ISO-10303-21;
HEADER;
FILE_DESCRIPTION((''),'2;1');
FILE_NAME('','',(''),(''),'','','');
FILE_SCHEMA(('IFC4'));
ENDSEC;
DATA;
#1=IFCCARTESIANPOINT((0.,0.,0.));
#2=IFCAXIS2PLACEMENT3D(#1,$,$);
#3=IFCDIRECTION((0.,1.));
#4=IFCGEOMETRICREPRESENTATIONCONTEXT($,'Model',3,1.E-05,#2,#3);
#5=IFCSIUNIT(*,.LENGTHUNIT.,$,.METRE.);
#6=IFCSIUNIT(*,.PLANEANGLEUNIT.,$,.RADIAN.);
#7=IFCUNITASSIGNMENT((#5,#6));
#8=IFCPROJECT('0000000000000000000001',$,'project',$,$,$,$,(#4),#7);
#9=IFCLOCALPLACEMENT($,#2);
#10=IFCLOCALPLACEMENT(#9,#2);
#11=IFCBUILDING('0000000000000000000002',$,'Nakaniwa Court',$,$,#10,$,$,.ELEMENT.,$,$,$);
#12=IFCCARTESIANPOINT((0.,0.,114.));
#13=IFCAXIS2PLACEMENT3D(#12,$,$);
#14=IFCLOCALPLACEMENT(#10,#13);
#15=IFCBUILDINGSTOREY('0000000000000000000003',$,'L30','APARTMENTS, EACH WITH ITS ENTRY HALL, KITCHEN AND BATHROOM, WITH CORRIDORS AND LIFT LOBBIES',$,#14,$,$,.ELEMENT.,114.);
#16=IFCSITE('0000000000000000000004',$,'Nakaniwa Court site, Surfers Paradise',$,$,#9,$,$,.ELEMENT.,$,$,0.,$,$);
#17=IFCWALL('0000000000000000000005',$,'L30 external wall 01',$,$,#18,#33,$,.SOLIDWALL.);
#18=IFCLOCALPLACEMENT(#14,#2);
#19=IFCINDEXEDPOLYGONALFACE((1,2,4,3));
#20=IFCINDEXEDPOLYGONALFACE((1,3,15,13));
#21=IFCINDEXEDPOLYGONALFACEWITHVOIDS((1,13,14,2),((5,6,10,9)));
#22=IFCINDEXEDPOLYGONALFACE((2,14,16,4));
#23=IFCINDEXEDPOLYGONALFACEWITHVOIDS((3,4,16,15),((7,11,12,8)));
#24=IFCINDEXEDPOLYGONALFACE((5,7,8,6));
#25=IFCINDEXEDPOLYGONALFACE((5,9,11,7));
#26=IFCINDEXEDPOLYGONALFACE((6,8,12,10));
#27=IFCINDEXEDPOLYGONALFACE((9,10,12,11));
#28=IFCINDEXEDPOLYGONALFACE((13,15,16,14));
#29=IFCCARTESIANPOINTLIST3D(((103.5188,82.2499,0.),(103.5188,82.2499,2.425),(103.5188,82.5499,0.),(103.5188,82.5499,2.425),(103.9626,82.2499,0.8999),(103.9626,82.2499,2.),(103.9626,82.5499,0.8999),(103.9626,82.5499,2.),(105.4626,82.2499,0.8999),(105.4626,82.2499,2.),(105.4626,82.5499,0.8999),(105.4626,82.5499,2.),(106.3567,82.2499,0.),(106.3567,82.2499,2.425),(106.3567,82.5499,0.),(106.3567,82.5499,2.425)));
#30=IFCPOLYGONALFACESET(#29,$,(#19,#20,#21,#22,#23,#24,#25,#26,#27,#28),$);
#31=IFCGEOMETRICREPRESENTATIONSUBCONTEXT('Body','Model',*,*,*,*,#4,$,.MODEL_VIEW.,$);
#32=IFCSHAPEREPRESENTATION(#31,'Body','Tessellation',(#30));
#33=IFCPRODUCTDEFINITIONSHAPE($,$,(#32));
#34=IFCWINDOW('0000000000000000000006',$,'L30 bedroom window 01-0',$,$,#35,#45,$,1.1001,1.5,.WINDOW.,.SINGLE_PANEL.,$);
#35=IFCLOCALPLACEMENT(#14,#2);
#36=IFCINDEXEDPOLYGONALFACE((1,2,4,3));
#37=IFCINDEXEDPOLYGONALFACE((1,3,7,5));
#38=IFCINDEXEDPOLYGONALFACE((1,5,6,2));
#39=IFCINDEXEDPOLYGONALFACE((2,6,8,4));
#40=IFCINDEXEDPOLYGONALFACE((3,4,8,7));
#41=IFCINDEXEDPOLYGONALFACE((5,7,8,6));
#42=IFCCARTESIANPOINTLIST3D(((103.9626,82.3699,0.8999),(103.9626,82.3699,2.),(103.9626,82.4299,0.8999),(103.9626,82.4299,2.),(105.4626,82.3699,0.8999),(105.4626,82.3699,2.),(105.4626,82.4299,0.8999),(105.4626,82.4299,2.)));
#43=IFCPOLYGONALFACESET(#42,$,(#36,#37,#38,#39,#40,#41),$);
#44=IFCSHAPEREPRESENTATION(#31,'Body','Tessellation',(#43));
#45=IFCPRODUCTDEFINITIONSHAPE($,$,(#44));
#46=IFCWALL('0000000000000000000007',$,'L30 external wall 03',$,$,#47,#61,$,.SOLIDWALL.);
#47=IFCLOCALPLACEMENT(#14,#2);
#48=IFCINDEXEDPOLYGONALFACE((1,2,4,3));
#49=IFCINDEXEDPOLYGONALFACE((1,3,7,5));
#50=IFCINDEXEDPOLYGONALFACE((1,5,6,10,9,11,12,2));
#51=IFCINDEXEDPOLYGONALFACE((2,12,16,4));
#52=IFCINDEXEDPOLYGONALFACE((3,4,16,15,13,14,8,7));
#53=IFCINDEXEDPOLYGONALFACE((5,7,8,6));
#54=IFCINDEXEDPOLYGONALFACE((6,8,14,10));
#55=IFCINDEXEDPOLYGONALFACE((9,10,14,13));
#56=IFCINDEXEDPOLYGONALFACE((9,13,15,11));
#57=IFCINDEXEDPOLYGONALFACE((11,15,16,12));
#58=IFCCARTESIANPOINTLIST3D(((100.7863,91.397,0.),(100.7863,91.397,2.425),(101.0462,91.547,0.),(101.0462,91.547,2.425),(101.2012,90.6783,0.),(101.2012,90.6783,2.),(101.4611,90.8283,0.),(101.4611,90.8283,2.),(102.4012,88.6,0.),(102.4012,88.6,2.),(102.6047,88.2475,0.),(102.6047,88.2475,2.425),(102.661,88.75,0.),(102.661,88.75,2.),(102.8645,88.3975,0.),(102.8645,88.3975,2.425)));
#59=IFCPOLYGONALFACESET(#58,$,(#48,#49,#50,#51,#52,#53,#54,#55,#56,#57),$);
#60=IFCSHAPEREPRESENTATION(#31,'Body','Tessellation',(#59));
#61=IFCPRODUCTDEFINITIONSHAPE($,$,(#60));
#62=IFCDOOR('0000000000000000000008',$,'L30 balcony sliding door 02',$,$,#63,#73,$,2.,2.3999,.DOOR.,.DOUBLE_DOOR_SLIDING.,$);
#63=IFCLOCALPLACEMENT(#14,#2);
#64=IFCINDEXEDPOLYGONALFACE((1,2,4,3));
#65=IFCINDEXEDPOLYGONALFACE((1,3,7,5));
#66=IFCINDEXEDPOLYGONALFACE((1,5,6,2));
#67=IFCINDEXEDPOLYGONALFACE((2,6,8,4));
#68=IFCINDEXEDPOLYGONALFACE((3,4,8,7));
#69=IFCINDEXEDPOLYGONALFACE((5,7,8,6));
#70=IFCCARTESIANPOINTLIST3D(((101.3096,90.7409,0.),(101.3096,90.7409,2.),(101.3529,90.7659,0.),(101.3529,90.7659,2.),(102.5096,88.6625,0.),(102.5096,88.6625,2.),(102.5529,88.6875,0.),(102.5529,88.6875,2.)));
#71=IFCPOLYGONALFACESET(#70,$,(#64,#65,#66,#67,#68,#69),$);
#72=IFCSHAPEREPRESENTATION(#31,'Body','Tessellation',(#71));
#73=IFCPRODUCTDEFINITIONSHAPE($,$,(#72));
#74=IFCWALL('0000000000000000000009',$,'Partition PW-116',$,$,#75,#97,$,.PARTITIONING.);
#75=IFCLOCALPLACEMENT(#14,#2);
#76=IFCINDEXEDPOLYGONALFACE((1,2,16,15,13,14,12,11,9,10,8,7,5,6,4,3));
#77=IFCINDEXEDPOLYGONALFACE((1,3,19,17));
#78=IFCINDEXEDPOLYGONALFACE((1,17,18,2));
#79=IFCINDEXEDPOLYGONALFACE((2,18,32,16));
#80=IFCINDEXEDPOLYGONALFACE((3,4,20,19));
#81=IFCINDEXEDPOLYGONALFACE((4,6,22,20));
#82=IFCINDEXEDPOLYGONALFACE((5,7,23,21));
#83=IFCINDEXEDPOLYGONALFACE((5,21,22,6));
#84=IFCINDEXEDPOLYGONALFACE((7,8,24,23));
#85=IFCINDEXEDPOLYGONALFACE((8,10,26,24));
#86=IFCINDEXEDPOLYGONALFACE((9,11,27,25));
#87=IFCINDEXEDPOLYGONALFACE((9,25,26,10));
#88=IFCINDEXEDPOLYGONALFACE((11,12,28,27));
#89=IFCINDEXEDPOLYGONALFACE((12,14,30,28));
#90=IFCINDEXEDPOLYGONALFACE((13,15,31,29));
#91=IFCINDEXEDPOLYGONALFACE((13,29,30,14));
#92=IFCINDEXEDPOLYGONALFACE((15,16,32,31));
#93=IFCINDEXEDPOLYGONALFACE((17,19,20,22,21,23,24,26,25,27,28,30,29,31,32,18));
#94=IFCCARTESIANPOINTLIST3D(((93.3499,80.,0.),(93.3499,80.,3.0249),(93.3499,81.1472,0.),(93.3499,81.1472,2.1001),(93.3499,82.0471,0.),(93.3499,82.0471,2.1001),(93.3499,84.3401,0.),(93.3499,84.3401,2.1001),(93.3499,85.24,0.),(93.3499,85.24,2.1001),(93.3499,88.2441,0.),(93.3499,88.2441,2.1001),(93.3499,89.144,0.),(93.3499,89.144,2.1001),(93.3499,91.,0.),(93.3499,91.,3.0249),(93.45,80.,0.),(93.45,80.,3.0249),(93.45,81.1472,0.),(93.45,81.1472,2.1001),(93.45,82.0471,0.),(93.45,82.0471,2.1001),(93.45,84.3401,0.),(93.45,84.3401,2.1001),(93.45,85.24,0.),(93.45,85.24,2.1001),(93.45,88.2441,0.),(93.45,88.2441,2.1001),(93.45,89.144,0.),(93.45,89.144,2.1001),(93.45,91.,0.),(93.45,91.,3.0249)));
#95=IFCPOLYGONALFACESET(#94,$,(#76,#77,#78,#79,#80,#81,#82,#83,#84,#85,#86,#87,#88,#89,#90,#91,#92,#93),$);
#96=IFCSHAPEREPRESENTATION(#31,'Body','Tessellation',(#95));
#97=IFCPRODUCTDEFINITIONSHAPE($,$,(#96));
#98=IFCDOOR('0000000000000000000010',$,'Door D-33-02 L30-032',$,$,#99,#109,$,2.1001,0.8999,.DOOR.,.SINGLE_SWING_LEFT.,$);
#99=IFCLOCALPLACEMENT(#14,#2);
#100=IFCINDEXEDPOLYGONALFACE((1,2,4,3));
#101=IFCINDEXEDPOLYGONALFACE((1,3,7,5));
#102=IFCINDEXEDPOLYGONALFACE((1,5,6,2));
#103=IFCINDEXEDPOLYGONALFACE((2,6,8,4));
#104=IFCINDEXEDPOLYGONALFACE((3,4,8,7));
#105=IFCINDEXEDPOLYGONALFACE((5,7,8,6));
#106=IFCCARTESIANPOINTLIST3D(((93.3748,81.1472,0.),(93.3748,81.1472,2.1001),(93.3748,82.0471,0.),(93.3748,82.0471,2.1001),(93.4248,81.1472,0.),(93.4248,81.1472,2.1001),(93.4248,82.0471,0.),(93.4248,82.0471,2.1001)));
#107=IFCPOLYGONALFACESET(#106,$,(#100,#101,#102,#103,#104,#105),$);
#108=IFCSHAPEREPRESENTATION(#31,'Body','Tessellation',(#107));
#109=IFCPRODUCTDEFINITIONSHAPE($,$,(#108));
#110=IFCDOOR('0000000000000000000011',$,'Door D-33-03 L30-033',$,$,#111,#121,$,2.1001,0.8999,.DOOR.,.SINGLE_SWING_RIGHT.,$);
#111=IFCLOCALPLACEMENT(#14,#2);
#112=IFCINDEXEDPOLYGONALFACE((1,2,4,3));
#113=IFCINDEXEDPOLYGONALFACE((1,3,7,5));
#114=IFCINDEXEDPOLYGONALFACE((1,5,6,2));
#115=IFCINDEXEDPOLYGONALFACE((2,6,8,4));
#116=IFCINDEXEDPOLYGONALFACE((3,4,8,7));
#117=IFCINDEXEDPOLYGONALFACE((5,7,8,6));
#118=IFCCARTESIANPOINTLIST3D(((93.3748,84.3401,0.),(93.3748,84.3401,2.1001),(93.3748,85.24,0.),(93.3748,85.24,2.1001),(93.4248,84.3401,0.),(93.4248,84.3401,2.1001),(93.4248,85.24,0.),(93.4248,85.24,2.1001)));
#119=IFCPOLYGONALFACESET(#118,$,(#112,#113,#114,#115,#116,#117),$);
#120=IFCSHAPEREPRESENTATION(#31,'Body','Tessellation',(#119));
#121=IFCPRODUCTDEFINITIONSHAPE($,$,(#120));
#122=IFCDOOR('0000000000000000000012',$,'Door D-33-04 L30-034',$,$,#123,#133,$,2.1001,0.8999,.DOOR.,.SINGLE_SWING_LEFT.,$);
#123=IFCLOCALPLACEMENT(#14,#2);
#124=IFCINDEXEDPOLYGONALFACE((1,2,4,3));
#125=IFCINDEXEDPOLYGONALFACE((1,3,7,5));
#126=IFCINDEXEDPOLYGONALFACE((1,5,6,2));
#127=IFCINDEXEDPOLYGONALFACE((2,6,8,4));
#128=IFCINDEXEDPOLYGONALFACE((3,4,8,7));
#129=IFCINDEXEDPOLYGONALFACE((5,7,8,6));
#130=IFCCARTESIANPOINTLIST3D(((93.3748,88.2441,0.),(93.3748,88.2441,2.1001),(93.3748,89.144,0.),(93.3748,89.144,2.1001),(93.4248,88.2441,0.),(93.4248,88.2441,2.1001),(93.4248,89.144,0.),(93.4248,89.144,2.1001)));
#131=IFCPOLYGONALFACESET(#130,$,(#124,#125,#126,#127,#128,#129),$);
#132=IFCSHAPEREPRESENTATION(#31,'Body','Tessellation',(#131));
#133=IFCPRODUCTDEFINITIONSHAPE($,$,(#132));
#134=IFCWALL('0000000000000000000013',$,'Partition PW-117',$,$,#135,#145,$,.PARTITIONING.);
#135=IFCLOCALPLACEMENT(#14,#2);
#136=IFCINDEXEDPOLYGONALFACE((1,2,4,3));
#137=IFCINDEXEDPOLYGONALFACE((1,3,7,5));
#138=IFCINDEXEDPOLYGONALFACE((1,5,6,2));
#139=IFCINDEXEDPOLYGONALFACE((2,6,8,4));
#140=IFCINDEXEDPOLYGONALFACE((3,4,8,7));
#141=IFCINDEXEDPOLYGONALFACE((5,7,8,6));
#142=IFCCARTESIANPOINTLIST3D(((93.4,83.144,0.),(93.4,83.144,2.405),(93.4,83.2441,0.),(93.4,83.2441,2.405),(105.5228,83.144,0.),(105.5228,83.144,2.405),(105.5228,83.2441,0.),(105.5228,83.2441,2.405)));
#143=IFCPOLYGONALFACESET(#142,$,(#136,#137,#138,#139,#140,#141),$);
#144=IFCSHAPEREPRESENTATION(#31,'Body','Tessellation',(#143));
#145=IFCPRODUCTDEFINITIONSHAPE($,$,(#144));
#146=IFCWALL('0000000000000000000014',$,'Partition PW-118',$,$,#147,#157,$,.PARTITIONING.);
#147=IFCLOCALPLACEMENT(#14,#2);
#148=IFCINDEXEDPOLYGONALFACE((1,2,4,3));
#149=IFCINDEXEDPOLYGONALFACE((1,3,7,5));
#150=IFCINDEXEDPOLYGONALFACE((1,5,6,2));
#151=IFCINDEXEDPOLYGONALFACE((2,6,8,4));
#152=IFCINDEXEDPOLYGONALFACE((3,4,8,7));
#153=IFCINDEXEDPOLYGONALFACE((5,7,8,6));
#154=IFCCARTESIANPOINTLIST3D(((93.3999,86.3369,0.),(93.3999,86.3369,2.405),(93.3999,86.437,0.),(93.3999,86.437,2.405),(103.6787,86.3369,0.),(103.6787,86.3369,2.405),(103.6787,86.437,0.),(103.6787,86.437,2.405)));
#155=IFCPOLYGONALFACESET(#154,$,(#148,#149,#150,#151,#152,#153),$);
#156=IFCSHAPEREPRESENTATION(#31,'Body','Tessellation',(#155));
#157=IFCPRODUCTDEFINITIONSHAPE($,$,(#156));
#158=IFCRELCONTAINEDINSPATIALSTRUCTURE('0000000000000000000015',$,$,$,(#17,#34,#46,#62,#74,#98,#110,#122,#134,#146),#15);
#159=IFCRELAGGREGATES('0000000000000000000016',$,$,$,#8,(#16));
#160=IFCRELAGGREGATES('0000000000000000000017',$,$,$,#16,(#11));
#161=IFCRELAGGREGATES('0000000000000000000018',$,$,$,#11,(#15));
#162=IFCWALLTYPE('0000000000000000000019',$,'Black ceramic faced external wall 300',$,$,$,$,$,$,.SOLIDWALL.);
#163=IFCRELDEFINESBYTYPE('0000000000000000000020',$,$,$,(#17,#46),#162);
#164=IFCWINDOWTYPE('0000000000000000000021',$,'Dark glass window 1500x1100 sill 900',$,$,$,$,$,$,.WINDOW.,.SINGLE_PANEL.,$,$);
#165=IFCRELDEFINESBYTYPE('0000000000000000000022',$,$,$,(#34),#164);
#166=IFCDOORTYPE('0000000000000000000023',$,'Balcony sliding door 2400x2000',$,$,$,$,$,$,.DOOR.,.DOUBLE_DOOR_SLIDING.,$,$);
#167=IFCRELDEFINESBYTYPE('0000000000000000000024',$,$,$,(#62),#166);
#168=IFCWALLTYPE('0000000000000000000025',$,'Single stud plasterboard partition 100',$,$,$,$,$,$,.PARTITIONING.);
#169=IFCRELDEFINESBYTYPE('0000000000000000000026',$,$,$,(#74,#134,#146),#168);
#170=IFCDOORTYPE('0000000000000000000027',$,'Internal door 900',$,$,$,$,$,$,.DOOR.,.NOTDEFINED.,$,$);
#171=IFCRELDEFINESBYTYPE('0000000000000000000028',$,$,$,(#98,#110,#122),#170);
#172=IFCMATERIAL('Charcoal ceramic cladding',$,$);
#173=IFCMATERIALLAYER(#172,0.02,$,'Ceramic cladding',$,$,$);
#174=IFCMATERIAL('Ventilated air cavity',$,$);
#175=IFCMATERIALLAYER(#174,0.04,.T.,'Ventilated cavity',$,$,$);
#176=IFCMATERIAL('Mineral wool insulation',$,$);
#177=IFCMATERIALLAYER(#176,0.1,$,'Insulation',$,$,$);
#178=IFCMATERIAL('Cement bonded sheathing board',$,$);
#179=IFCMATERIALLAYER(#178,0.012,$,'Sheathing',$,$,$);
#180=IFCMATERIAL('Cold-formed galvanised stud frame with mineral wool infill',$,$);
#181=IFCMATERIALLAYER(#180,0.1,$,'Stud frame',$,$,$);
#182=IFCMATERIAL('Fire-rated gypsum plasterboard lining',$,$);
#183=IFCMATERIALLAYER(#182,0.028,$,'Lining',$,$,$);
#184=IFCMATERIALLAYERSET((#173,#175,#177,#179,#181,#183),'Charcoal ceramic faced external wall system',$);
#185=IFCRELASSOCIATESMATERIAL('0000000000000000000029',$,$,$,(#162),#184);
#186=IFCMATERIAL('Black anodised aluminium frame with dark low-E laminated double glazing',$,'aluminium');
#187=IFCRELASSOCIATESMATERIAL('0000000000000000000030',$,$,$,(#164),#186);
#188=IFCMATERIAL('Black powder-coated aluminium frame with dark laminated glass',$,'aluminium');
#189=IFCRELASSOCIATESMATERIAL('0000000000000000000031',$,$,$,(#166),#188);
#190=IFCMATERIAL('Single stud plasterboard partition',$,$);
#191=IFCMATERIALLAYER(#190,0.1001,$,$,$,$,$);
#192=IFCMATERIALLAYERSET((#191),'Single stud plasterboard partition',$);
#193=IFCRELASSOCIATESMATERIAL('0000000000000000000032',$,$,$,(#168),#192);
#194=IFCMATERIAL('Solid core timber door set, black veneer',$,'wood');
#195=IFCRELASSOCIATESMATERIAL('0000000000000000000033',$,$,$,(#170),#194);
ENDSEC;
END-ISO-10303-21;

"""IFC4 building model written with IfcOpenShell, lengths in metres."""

from ifc_helpers import new_model, si_unit, direction, frame, frame_2d, origin, place, context, subcontext, project, spatial, rectangle, extrude, material, layer, layer_set, type_object, element, fill, save


model = new_model("IFC4")

# Units and contexts
model_context = context("Model", 3, precision=1e-05, world=origin(), true_north=direction((0.0, 1.0)))
body_context = subcontext(model_context, "Body", "Model", "MODEL_VIEW")
ifc_project = project(units=[si_unit("LENGTHUNIT", "METRE"), si_unit("PLANEANGLEUNIT", "RADIAN")], contexts=[model_context])

# Site, building, storey
site_placement = place(None, origin())
site = spatial("IfcSite", under=ifc_project, at=site_placement, Name="Nakaniwa Court site, Surfers Paradise", CompositionType="ELEMENT", RefElevation=0.0)
building_placement = place(site_placement, origin())
building = spatial("IfcBuilding", under=site, at=building_placement, Name="Nakaniwa Court", CompositionType="ELEMENT")
storey_placement = place(building_placement, frame((0.0, 0.0, 114.0)))
storey = spatial("IfcBuildingStorey", under=building, at=storey_placement, Name="L30", Description="APARTMENTS, EACH WITH ITS ENTRY HALL, KITCHEN AND BATHROOM, WITH CORRIDORS AND LIFT LOBBIES", CompositionType="ELEMENT", Elevation=114.0)

# Wall, opening, window
ifc_material_1 = material(Name="Charcoal ceramic cladding")
ifc_layer_1 = layer(ifc_material_1, 0.02, Name="Ceramic cladding")
ifc_material_2 = material(Name="Ventilated air cavity")
ifc_layer_2 = layer(ifc_material_2, 0.04, ventilated=True, Name="Ventilated cavity")
ifc_material_3 = material(Name="Mineral wool insulation")
ifc_layer_3 = layer(ifc_material_3, 0.1, Name="Insulation")
ifc_material_4 = material(Name="Cement bonded sheathing board")
ifc_layer_4 = layer(ifc_material_4, 0.012, Name="Sheathing")
ifc_material_5 = material(Name="Cold-formed galvanised stud frame with mineral wool infill")
ifc_layer_5 = layer(ifc_material_5, 0.1, Name="Stud frame")
ifc_material_6 = material(Name="Fire-rated gypsum plasterboard lining")
ifc_layer_6 = layer(ifc_material_6, 0.028, Name="Lining")
ifc_layer_set_1 = layer_set([ifc_layer_1, ifc_layer_2, ifc_layer_3, ifc_layer_4, ifc_layer_5, ifc_layer_6], Name="Charcoal ceramic faced external wall system")
wall_type_1 = type_object("IfcWallType", Name="Black ceramic faced external wall 300", PredefinedType="SOLIDWALL", material=ifc_layer_set_1)
ifc_material_7 = material(Name="Black anodised aluminium frame with dark low-E laminated double glazing", Category="aluminium")
window_type = type_object("IfcWindowType", Name="Dark glass window 1500x1100 sill 900", PartitioningType="SINGLE_PANEL", PredefinedType="WINDOW", material=ifc_material_7)
wall_1_placement = place(storey_placement, frame((103.5188, 82.3999, 0.0), z_axis=(0.0, 0.0, 1.0), x_axis=(1.0, 0.0, 0.0)))
wall_1 = element("IfcWall", 1, at=wall_1_placement, inside=storey, type_object=wall_type_1, Name="L30 external wall 01", PredefinedType="SOLIDWALL", context=body_context, shape_type="SweptSolid", body=[
    extrude(rectangle(XDim=2.8379, YDim=0.3, at=frame_2d((1.4189, 0.0))), origin(), (0.0, 0.0, 1.0), 2.425),
])
opening_1_placement = place(wall_1_placement, frame((0.4438, 0.0, 0.8999)))
opening_1 = element("IfcOpeningElement", 2, at=opening_1_placement, cuts=wall_1, PredefinedType="OPENING", context=body_context, shape_type="SweptSolid", body=[
    extrude(rectangle(XDim=1.5, YDim=1.1001, at=frame_2d((0.75, 0.55))), frame((0.0, 0.1599, 0.0), z_axis=(0.0, -1.0, 0.0), x_axis=(1.0, 0.0, 0.0)), (0.0, 0.0, 1.0), 0.3201),
])
window_1_placement = place(opening_1_placement, origin())
window_1 = element("IfcWindow", 3, at=window_1_placement, inside=storey, type_object=window_type, Name="L30 bedroom window 01-0", OverallHeight=1.1001, OverallWidth=1.5, PartitioningType="SINGLE_PANEL", PredefinedType="WINDOW", context=body_context, shape_type="SweptSolid", body=[
    extrude(rectangle(XDim=1.5, YDim=1.1001, at=frame_2d((0.75, 0.55))), frame((0.0, 0.03, 0.0), z_axis=(0.0, -1.0, 0.0), x_axis=(1.0, 0.0, 0.0)), (0.0, 0.0, 1.0), 0.0601),
])
fill(opening_1, window_1)

# Wall, opening, door
wall_2_placement = place(storey_placement, frame((102.7346, 88.3225, 0.0), z_axis=(0.0, 0.0, 1.0), x_axis=(-0.500009, 0.86602, 0.0)))
wall_2 = element("IfcWall", 4, at=wall_2_placement, inside=storey, type_object=wall_type_1, Name="L30 external wall 03", PredefinedType="SOLIDWALL", context=body_context, shape_type="SweptSolid", body=[
    extrude(rectangle(XDim=3.6367, YDim=0.3, at=frame_2d((1.8184, 0.0))), origin(), (0.0, 0.0, 1.0), 2.425),
])
opening_2_placement = place(wall_2_placement, frame((0.407, 0.0, 0.0)))
opening_2 = element("IfcOpeningElement", 5, at=opening_2_placement, cuts=wall_2, PredefinedType="OPENING", context=body_context, shape_type="SweptSolid", body=[
    extrude(rectangle(XDim=2.3999, YDim=2.0, at=frame_2d((1.2, 1.0))), frame((0.0, 0.1599, 0.0), z_axis=(0.0, -1.0, 0.0), x_axis=(1.0, 0.0, 0.0)), (0.0, 0.0, 1.0), 0.3201),
])
ifc_material_8 = material(Name="Black powder-coated aluminium frame with dark laminated glass", Category="aluminium")
door_type_1 = type_object("IfcDoorType", Name="Balcony sliding door 2400x2000", OperationType="DOUBLE_DOOR_SLIDING", PredefinedType="DOOR", material=ifc_material_8)
door_1_placement = place(opening_2_placement, origin())
door_1 = element("IfcDoor", 6, at=door_1_placement, inside=storey, type_object=door_type_1, Name="L30 balcony sliding door 02", OperationType="DOUBLE_DOOR_SLIDING", OverallHeight=2.0, OverallWidth=2.3999, PredefinedType="DOOR", context=body_context, shape_type="SweptSolid", body=[
    extrude(rectangle(XDim=2.3999, YDim=2.0, at=frame_2d((1.2, 1.0))), frame((0.0, 0.0249, 0.0), z_axis=(0.0, -1.0, 0.0), x_axis=(1.0, 0.0, 0.0)), (0.0, 0.0, 1.0), 0.05),
])
fill(opening_2, door_1)

# Wall, openings, doors
ifc_material_9 = material(Name="Single stud plasterboard partition")
ifc_layer_7 = layer(ifc_material_9, 0.1001)
ifc_layer_set_2 = layer_set([ifc_layer_7], Name="Single stud plasterboard partition")
wall_type_2 = type_object("IfcWallType", Name="Single stud plasterboard partition 100", PredefinedType="PARTITIONING", material=ifc_layer_set_2)
wall_3_placement = place(storey_placement, frame((93.3999, 91.0, 0.0), z_axis=(0.0, 0.0, 1.0), x_axis=(0.0, -1.0, 0.0)))
wall_3 = element("IfcWall", 7, at=wall_3_placement, inside=storey, type_object=wall_type_2, Name="Partition PW-116", PredefinedType="PARTITIONING", context=body_context, shape_type="SweptSolid", body=[
    extrude(rectangle(XDim=11.0, YDim=0.1001, at=frame_2d((5.5, 0.0))), origin(), (0.0, 0.0, 1.0), 3.0249),
])
opening_3_placement = place(wall_3_placement, frame((8.9529, 0.0, 0.0)))
opening_3 = element("IfcOpeningElement", 8, at=opening_3_placement, cuts=wall_3, PredefinedType="OPENING", context=body_context, shape_type="SweptSolid", body=[
    extrude(rectangle(XDim=0.8999, YDim=2.1001, at=frame_2d((0.45, 1.05))), frame((0.0, 0.0601, 0.0), z_axis=(0.0, -1.0, 0.0), x_axis=(1.0, 0.0, 0.0)), (0.0, 0.0, 1.0), 0.1201),
])
opening_4_placement = place(wall_3_placement, frame((5.76, 0.0, 0.0)))
opening_4 = element("IfcOpeningElement", 9, at=opening_4_placement, cuts=wall_3, PredefinedType="OPENING", context=body_context, shape_type="SweptSolid", body=[
    extrude(rectangle(XDim=0.8999, YDim=2.1001, at=frame_2d((0.45, 1.05))), frame((0.0, 0.0601, 0.0), z_axis=(0.0, -1.0, 0.0), x_axis=(1.0, 0.0, 0.0)), (0.0, 0.0, 1.0), 0.1201),
])
opening_5_placement = place(wall_3_placement, frame((1.856, 0.0, 0.0)))
opening_5 = element("IfcOpeningElement", 10, at=opening_5_placement, cuts=wall_3, PredefinedType="OPENING", context=body_context, shape_type="SweptSolid", body=[
    extrude(rectangle(XDim=0.8999, YDim=2.1001, at=frame_2d((0.45, 1.05))), frame((0.0, 0.0601, 0.0), z_axis=(0.0, -1.0, 0.0), x_axis=(1.0, 0.0, 0.0)), (0.0, 0.0, 1.0), 0.1201),
])
ifc_material_10 = material(Name="Solid core timber door set, black veneer", Category="wood")
door_type_2 = type_object("IfcDoorType", Name="Internal door 900", OperationType="NOTDEFINED", PredefinedType="DOOR", material=ifc_material_10)
door_2_placement = place(opening_3_placement, origin())
door_2 = element("IfcDoor", 11, at=door_2_placement, inside=storey, type_object=door_type_2, Name="Door D-33-02 L30-032", OperationType="SINGLE_SWING_LEFT", OverallHeight=2.1001, OverallWidth=0.8999, PredefinedType="DOOR", context=body_context, shape_type="SweptSolid", body=[
    extrude(rectangle(XDim=0.8999, YDim=2.1001, at=frame_2d((0.45, 1.05))), frame((0.0, 0.0249, 0.0), z_axis=(0.0, -1.0, 0.0), x_axis=(1.0, 0.0, 0.0)), (0.0, 0.0, 1.0), 0.05),
])
fill(opening_3, door_2)
door_3_placement = place(opening_4_placement, origin())
door_3 = element("IfcDoor", 12, at=door_3_placement, inside=storey, type_object=door_type_2, Name="Door D-33-03 L30-033", OperationType="SINGLE_SWING_RIGHT", OverallHeight=2.1001, OverallWidth=0.8999, PredefinedType="DOOR", context=body_context, shape_type="SweptSolid", body=[
    extrude(rectangle(XDim=0.8999, YDim=2.1001, at=frame_2d((0.45, 1.05))), frame((0.0, 0.0249, 0.0), z_axis=(0.0, -1.0, 0.0), x_axis=(1.0, 0.0, 0.0)), (0.0, 0.0, 1.0), 0.05),
])
fill(opening_4, door_3)
door_4_placement = place(opening_5_placement, origin())
door_4 = element("IfcDoor", 13, at=door_4_placement, inside=storey, type_object=door_type_2, Name="Door D-33-04 L30-034", OperationType="SINGLE_SWING_LEFT", OverallHeight=2.1001, OverallWidth=0.8999, PredefinedType="DOOR", context=body_context, shape_type="SweptSolid", body=[
    extrude(rectangle(XDim=0.8999, YDim=2.1001, at=frame_2d((0.45, 1.05))), frame((0.0, 0.0249, 0.0), z_axis=(0.0, -1.0, 0.0), x_axis=(1.0, 0.0, 0.0)), (0.0, 0.0, 1.0), 0.05),
])
fill(opening_5, door_4)

# Walls
wall_4_placement = place(storey_placement, frame((93.3999, 83.1941, 0.0), z_axis=(0.0, 0.0, 1.0), x_axis=(1.0, 0.0, 0.0)))
element("IfcWall", 14, at=wall_4_placement, inside=storey, type_object=wall_type_2, Name="Partition PW-117", PredefinedType="PARTITIONING", context=body_context, shape_type="SweptSolid", body=[
    extrude(rectangle(XDim=12.1228, YDim=0.1001, at=frame_2d((6.0615, 0.0))), origin(), (0.0, 0.0, 1.0), 2.405),
])
wall_5_placement = place(storey_placement, frame((93.3999, 86.387, 0.0), z_axis=(0.0, 0.0, 1.0), x_axis=(1.0, 0.0, 0.0)))
element("IfcWall", 15, at=wall_5_placement, inside=storey, type_object=wall_type_2, Name="Partition PW-118", PredefinedType="PARTITIONING", context=body_context, shape_type="SweptSolid", body=[
    extrude(rectangle(XDim=10.2788, YDim=0.1001, at=frame_2d((5.1394, 0.0))), origin(), (0.0, 0.0, 1.0), 2.405),
])

save(model, "model.ifc")
